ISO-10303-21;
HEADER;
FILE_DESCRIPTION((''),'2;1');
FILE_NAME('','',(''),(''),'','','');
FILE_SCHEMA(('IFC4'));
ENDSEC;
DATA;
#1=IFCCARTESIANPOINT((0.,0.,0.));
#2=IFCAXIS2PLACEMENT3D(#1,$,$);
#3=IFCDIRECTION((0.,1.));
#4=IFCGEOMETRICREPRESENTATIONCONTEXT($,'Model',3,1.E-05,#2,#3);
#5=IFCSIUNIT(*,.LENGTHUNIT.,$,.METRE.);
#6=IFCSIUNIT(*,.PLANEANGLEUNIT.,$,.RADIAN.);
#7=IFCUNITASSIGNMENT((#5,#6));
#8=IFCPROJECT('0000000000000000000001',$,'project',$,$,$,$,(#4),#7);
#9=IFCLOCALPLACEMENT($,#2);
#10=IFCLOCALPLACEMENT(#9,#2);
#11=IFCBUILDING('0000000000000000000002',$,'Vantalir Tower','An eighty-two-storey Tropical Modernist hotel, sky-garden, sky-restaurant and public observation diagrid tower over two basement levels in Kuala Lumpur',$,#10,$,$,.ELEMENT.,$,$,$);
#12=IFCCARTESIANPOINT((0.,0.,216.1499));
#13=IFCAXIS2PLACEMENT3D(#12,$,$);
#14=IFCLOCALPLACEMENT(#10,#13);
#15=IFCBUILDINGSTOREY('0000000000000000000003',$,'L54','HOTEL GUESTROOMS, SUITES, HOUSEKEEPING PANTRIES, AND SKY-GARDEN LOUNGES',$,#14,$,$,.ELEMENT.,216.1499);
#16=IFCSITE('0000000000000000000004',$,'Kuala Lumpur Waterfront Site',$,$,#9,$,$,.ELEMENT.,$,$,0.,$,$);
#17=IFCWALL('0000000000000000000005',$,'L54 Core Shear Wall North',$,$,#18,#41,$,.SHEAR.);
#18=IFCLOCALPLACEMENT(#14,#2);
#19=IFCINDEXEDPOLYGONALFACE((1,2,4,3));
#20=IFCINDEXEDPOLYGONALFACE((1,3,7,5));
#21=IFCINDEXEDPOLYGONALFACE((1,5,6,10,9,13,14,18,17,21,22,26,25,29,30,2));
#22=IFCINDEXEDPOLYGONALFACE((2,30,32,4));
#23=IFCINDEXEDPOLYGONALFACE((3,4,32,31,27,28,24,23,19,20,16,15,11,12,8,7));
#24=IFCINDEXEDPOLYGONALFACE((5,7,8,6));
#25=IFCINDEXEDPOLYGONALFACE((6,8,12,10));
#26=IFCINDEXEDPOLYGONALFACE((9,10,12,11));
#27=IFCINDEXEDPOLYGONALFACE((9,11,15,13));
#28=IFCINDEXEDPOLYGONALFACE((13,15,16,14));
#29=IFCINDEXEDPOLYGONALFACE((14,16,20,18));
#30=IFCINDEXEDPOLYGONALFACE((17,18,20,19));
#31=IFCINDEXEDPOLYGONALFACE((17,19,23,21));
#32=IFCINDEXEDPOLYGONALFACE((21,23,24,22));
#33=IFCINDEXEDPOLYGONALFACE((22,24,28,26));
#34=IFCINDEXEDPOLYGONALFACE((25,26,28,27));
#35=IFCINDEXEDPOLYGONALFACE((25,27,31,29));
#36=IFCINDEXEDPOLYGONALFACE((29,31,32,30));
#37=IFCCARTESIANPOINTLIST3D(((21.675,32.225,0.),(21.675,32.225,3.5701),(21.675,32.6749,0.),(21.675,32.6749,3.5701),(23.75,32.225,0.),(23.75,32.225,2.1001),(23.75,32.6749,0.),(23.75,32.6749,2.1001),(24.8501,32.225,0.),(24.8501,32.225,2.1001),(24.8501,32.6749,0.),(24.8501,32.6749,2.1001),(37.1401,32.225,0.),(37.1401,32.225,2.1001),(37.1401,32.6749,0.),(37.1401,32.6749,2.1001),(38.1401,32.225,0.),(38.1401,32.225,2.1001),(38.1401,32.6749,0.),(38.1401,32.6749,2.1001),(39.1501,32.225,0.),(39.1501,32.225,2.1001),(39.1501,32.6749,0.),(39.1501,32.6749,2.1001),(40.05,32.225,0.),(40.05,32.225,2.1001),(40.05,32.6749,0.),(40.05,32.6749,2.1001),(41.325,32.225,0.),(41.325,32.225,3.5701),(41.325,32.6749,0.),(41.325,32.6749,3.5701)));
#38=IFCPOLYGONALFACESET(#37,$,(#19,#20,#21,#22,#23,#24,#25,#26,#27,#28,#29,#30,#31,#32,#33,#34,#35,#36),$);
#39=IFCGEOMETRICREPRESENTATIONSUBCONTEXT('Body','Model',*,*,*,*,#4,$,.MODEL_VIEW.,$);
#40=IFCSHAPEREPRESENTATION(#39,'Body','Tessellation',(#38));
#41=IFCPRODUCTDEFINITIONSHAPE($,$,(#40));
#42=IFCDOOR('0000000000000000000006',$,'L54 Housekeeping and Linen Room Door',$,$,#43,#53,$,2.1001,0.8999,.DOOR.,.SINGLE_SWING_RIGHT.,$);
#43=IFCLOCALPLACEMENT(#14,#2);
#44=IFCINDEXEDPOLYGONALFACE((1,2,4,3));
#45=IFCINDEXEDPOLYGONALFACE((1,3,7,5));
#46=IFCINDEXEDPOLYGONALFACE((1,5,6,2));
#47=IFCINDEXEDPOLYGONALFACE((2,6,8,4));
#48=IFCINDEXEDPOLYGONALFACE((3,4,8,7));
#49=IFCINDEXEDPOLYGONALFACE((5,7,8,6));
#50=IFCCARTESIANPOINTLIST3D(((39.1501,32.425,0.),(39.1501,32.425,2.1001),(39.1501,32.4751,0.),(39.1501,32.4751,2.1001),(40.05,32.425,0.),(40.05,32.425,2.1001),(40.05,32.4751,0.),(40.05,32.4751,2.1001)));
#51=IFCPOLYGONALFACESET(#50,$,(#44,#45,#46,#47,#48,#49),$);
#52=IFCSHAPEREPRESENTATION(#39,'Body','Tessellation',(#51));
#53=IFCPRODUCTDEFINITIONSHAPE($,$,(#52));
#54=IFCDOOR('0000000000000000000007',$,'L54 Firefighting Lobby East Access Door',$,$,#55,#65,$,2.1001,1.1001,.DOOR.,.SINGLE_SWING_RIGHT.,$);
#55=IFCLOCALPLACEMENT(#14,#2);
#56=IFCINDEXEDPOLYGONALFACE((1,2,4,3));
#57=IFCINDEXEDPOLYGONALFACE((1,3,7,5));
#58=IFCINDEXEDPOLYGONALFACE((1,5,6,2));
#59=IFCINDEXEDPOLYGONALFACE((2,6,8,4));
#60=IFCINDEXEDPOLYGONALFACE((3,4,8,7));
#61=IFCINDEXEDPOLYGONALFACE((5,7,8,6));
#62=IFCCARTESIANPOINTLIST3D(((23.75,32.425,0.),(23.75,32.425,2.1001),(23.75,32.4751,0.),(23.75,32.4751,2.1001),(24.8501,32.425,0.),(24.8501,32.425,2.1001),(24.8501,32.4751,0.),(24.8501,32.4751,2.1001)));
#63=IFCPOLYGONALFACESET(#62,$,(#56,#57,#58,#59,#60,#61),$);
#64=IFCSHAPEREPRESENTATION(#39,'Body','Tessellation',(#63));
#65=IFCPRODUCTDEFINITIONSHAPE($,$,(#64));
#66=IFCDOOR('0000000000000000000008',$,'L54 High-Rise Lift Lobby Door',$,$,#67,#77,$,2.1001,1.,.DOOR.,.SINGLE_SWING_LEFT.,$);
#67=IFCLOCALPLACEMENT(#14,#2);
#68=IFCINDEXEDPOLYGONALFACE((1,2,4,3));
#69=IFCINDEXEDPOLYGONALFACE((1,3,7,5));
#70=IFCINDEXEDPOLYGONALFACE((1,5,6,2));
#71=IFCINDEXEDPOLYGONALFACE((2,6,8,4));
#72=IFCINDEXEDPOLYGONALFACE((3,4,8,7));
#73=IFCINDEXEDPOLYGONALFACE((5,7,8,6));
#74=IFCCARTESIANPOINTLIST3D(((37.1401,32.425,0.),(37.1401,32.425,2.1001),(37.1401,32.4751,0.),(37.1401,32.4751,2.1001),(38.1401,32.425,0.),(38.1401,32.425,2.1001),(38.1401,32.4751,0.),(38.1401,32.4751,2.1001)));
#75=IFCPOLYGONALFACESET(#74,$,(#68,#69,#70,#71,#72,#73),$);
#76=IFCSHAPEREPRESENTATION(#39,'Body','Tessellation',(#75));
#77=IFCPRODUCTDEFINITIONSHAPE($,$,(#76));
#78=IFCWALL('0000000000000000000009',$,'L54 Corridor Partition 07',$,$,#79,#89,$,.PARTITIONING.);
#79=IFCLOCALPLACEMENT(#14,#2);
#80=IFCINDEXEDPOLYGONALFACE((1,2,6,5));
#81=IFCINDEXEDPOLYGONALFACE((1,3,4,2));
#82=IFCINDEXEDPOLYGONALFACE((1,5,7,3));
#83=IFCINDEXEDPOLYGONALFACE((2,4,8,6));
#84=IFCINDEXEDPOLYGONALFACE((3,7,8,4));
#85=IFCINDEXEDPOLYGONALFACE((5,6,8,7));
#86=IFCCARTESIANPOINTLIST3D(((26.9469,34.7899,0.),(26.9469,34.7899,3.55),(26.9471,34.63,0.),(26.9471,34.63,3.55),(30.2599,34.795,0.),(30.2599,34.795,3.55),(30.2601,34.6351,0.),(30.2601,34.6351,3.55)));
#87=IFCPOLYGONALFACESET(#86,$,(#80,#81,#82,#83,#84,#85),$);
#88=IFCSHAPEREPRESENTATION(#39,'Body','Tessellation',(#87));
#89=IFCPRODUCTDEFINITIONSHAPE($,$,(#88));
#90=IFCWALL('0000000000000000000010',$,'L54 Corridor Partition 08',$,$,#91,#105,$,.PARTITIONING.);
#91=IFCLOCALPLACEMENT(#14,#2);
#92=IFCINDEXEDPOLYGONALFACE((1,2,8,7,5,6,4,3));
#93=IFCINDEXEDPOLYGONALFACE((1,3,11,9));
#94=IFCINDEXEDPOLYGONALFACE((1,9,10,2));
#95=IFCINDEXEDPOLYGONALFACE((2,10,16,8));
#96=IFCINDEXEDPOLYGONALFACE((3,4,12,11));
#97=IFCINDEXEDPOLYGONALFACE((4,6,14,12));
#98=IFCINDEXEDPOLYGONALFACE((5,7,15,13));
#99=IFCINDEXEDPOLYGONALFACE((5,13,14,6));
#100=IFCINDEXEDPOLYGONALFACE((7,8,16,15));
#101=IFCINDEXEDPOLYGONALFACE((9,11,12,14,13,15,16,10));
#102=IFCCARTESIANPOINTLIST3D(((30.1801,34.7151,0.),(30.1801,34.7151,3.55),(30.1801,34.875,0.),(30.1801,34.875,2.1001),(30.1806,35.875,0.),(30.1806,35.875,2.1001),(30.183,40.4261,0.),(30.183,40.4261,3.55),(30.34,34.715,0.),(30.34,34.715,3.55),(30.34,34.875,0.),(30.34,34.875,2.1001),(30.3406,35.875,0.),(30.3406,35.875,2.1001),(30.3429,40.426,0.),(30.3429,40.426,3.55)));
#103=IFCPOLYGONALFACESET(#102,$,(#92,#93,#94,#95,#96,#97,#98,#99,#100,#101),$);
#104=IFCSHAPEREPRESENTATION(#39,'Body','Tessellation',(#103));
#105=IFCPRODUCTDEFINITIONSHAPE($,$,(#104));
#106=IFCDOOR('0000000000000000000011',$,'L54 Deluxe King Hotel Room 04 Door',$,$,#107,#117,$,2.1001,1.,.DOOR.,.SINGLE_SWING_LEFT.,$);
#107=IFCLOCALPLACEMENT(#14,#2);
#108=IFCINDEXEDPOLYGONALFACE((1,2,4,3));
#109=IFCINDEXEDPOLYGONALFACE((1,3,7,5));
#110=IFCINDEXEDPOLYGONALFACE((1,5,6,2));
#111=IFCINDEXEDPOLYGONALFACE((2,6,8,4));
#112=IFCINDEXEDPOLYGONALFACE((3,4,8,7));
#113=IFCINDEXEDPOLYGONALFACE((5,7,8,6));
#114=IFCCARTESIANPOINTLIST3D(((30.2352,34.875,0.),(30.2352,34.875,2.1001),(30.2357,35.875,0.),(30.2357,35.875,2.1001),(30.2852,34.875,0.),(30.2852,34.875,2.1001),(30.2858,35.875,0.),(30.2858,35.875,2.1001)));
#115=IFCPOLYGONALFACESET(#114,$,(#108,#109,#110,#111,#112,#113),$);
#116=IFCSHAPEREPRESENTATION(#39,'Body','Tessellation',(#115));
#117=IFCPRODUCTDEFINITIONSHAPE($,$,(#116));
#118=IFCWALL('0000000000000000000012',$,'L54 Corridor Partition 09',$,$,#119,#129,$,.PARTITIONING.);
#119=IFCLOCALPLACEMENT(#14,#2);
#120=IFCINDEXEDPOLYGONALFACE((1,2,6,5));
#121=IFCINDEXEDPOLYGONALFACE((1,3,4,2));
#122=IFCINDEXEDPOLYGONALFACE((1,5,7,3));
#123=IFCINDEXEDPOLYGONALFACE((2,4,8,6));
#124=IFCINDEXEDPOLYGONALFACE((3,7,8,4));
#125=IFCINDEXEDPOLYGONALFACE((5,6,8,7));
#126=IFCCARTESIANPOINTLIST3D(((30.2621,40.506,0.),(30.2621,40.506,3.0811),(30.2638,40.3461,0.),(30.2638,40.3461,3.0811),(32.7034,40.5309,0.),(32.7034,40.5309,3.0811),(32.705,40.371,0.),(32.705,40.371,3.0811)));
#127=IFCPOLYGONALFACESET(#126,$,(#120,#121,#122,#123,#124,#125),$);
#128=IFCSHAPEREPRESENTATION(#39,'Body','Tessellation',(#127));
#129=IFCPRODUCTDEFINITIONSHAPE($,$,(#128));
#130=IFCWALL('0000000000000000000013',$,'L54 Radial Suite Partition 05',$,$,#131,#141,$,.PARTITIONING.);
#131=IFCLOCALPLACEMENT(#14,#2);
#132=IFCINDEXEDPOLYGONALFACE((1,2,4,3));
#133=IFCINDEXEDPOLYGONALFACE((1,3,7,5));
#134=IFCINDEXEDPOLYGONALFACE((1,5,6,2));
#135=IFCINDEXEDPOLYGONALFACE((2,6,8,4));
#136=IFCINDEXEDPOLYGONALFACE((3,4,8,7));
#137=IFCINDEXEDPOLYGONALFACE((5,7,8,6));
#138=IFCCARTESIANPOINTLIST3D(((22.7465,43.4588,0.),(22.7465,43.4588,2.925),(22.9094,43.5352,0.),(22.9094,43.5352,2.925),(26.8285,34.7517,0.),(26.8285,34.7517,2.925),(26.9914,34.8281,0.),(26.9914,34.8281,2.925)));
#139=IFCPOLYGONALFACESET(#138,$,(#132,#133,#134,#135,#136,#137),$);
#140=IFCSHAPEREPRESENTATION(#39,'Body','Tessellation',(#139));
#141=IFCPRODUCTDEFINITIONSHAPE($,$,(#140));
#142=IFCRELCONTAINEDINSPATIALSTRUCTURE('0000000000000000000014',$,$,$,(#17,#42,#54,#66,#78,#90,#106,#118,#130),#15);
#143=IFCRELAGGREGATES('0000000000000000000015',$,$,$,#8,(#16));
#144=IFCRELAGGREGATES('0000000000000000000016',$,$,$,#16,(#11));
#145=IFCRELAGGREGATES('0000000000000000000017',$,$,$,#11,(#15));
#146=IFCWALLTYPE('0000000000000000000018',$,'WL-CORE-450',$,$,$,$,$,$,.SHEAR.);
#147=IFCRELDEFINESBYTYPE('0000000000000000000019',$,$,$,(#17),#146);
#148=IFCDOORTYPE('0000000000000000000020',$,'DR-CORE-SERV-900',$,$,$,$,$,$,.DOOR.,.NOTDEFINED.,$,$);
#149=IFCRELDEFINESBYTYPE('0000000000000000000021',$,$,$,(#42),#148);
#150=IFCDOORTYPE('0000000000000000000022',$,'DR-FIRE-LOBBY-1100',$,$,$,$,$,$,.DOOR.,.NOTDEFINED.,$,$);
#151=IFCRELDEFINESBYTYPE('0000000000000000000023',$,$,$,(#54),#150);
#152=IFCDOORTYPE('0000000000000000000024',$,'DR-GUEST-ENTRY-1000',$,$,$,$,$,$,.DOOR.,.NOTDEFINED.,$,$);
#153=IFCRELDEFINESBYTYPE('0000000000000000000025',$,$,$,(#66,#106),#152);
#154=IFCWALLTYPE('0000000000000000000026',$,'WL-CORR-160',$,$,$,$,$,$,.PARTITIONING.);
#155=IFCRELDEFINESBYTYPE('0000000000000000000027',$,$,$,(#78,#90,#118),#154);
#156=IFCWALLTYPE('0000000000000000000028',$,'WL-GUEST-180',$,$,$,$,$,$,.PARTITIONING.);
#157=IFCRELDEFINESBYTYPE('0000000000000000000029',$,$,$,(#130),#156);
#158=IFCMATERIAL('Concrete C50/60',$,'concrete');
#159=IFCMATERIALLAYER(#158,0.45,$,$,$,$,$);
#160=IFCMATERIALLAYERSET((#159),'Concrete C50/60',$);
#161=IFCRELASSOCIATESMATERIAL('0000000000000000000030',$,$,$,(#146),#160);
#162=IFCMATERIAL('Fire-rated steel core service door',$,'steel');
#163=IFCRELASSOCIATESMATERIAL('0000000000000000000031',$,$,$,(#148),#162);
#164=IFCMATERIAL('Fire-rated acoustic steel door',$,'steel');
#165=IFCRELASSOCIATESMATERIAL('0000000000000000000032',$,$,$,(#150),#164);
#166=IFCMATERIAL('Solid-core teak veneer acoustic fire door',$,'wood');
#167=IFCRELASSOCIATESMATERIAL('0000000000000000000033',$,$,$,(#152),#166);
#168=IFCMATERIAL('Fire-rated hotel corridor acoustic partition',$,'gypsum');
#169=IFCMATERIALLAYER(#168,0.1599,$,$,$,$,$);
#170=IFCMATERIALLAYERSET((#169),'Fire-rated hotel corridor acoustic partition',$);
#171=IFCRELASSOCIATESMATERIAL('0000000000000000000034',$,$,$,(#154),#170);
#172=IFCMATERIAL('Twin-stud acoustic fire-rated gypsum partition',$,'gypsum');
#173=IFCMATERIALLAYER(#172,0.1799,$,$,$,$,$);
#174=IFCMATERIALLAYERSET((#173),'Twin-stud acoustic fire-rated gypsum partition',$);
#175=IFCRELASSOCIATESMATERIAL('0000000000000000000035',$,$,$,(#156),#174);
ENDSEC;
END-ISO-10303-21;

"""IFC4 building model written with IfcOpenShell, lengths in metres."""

from ifc_helpers import new_model, si_unit, direction, frame, frame_2d, origin, place, context, subcontext, project, spatial, rectangle, extrude, material, layer, layer_set, type_object, element, fill, save


model = new_model("IFC4")

# Units and contexts
model_context = context("Model", 3, precision=1e-05, world=origin(), true_north=direction((0.0, 1.0)))
body_context = subcontext(model_context, "Body", "Model", "MODEL_VIEW")
ifc_project = project(units=[si_unit("LENGTHUNIT", "METRE"), si_unit("PLANEANGLEUNIT", "RADIAN")], contexts=[model_context])

# Site, building, storey
site_placement = place(None, origin())
site = spatial("IfcSite", under=ifc_project, at=site_placement, Name="Kuala Lumpur Waterfront Site", CompositionType="ELEMENT", RefElevation=0.0)
building_placement = place(site_placement, origin())
building = spatial("IfcBuilding", under=site, at=building_placement, Name="Vantalir Tower", Description="An eighty-two-storey Tropical Modernist hotel, sky-garden, sky-restaurant and public observation diagrid tower over two basement levels in Kuala Lumpur", CompositionType="ELEMENT")
storey_placement = place(building_placement, frame((0.0, 0.0, 216.1499)))
storey = spatial("IfcBuildingStorey", under=building, at=storey_placement, Name="L54", Description="HOTEL GUESTROOMS, SUITES, HOUSEKEEPING PANTRIES, AND SKY-GARDEN LOUNGES", CompositionType="ELEMENT", Elevation=216.1499)

# Shared definitions
ifc_material_1 = material(Name="Concrete C50/60", Category="concrete")

# Wall, openings, doors
ifc_layer_1 = layer(ifc_material_1, 0.45)
ifc_layer_set_1 = layer_set([ifc_layer_1], Name="Concrete C50/60")
wall_type_1 = type_object("IfcWallType", Name="WL-CORE-450", PredefinedType="SHEAR", material=ifc_layer_set_1)
wall_1_placement = place(storey_placement, frame((21.675, 32.45, 0.0), z_axis=(0.0, 0.0, 1.0), x_axis=(1.0, 0.0, 0.0)))
wall_1 = element("IfcWall", 1, at=wall_1_placement, inside=storey, type_object=wall_type_1, Name="L54 Core Shear Wall North", PredefinedType="SHEAR", context=body_context, shape_type="SweptSolid", body=[
    extrude(rectangle(XDim=19.6499, YDim=0.45, at=frame_2d((9.825, 0.0))), origin(), (0.0, 0.0, 1.0), 3.5701),
])
opening_1_placement = place(wall_1_placement, frame((2.075, 0.0, 0.0)))
opening_1 = element("IfcOpeningElement", 2, at=opening_1_placement, cuts=wall_1, PredefinedType="OPENING", context=body_context, shape_type="SweptSolid", body=[
    extrude(rectangle(XDim=1.1001, YDim=2.1001, at=frame_2d((0.55, 1.05))), frame((0.0, 0.2349, 0.0), z_axis=(0.0, -1.0, 0.0), x_axis=(1.0, 0.0, 0.0)), (0.0, 0.0, 1.0), 0.47),
])
opening_2_placement = place(wall_1_placement, frame((15.4651, 0.0, 0.0)))
opening_2 = element("IfcOpeningElement", 3, at=opening_2_placement, cuts=wall_1, PredefinedType="OPENING", context=body_context, shape_type="SweptSolid", body=[
    extrude(rectangle(XDim=1.0, YDim=2.1001, at=frame_2d((0.5, 1.05))), frame((0.0, 0.2349, 0.0), z_axis=(0.0, -1.0, 0.0), x_axis=(1.0, 0.0, 0.0)), (0.0, 0.0, 1.0), 0.47),
])
opening_3_placement = place(wall_1_placement, frame((17.4751, 0.0, 0.0)))
opening_3 = element("IfcOpeningElement", 4, at=opening_3_placement, cuts=wall_1, PredefinedType="OPENING", context=body_context, shape_type="SweptSolid", body=[
    extrude(rectangle(XDim=0.8999, YDim=2.1001, at=frame_2d((0.45, 1.05))), frame((0.0, 0.2349, 0.0), z_axis=(0.0, -1.0, 0.0), x_axis=(1.0, 0.0, 0.0)), (0.0, 0.0, 1.0), 0.47),
])
ifc_material_2 = material(Name="Fire-rated steel core service door", Category="steel")
door_type_1 = type_object("IfcDoorType", Name="DR-CORE-SERV-900", OperationType="NOTDEFINED", PredefinedType="DOOR", material=ifc_material_2)
door_1_placement = place(opening_3_placement, frame((0.8999, 0.0, 0.0), z_axis=(0.0, 0.0, 1.0), x_axis=(-1.0, 0.0, 0.0)))
door_1 = element("IfcDoor", 5, at=door_1_placement, inside=storey, type_object=door_type_1, Name="L54 Housekeeping and Linen Room Door", OperationType="SINGLE_SWING_RIGHT", OverallHeight=2.1001, OverallWidth=0.8999, PredefinedType="DOOR", context=body_context, shape_type="SweptSolid", body=[
    extrude(rectangle(XDim=0.8999, YDim=2.1001, at=frame_2d((0.45, 1.05))), frame((0.0, 0.0249, 0.0), z_axis=(0.0, -1.0, 0.0), x_axis=(1.0, 0.0, 0.0)), (0.0, 0.0, 1.0), 0.05),
])
fill(opening_3, door_1)
ifc_material_3 = material(Name="Fire-rated acoustic steel door", Category="steel")
door_type_2 = type_object("IfcDoorType", Name="DR-FIRE-LOBBY-1100", OperationType="NOTDEFINED", PredefinedType="DOOR", material=ifc_material_3)
door_2_placement = place(opening_1_placement, frame((1.1001, 0.0, 0.0), z_axis=(0.0, 0.0, 1.0), x_axis=(-1.0, 0.0, 0.0)))
door_2 = element("IfcDoor", 6, at=door_2_placement, inside=storey, type_object=door_type_2, Name="L54 Firefighting Lobby East Access Door", OperationType="SINGLE_SWING_RIGHT", OverallHeight=2.1001, OverallWidth=1.1001, PredefinedType="DOOR", context=body_context, shape_type="SweptSolid", body=[
    extrude(rectangle(XDim=1.1001, YDim=2.1001, at=frame_2d((0.55, 1.05))), frame((0.0, 0.0249, 0.0), z_axis=(0.0, -1.0, 0.0), x_axis=(1.0, 0.0, 0.0)), (0.0, 0.0, 1.0), 0.05),
])
fill(opening_1, door_2)
ifc_material_4 = material(Name="Solid-core teak veneer acoustic fire door", Category="wood")
door_type_3 = type_object("IfcDoorType", Name="DR-GUEST-ENTRY-1000", OperationType="NOTDEFINED", PredefinedType="DOOR", material=ifc_material_4)
door_3_placement = place(opening_2_placement, frame((1.0, 0.0, 0.0), z_axis=(0.0, 0.0, 1.0), x_axis=(-1.0, 0.0, 0.0)))
door_3 = element("IfcDoor", 7, at=door_3_placement, inside=storey, type_object=door_type_3, Name="L54 High-Rise Lift Lobby Door", OperationType="SINGLE_SWING_LEFT", OverallHeight=2.1001, OverallWidth=1.0, PredefinedType="DOOR", context=body_context, shape_type="SweptSolid", body=[
    extrude(rectangle(XDim=1.0, YDim=2.1001, at=frame_2d((0.5, 1.05))), frame((0.0, 0.0249, 0.0), z_axis=(0.0, -1.0, 0.0), x_axis=(1.0, 0.0, 0.0)), (0.0, 0.0, 1.0), 0.05),
])
fill(opening_2, door_3)

# Wall
ifc_material_5 = material(Name="Fire-rated hotel corridor acoustic partition", Category="gypsum")
ifc_layer_2 = layer(ifc_material_5, 0.1599)
ifc_layer_set_2 = layer_set([ifc_layer_2], Name="Fire-rated hotel corridor acoustic partition")
wall_type_2 = type_object("IfcWallType", Name="WL-CORR-160", PredefinedType="PARTITIONING", material=ifc_layer_set_2)
wall_2_placement = place(storey_placement, frame((26.947, 34.71, 0.0), z_axis=(0.0, 0.0, 1.0), x_axis=(0.999999, 0.001548, 0.0)))
element("IfcWall", 8, at=wall_2_placement, inside=storey, type_object=wall_type_2, Name="L54 Corridor Partition 07", PredefinedType="PARTITIONING", context=body_context, shape_type="SweptSolid", body=[
    extrude(rectangle(XDim=3.313, YDim=0.1599, at=frame_2d((1.6565, 0.0))), origin(), (0.0, 0.0, 1.0), 3.55),
])

# Wall, opening, door
wall_3_placement = place(storey_placement, frame((30.26, 34.7151, 0.0), z_axis=(0.0, 0.0, 1.0), x_axis=(0.000513, 1.0, 0.0)))
wall_3 = element("IfcWall", 9, at=wall_3_placement, inside=storey, type_object=wall_type_2, Name="L54 Corridor Partition 08", PredefinedType="PARTITIONING", context=body_context, shape_type="SweptSolid", body=[
    extrude(rectangle(XDim=5.7109, YDim=0.1599, at=frame_2d((2.8555, 0.0))), origin(), (0.0, 0.0, 1.0), 3.55),
])
opening_4_placement = place(wall_3_placement, frame((0.1599, 0.0, 0.0)))
opening_4 = element("IfcOpeningElement", 10, at=opening_4_placement, cuts=wall_3, PredefinedType="OPENING", context=body_context, shape_type="SweptSolid", body=[
    extrude(rectangle(XDim=1.0, YDim=2.1001, at=frame_2d((0.5, 1.05))), frame((0.0, 0.0898, 0.0), z_axis=(0.0, -1.0, 0.0), x_axis=(1.0, 0.0, 0.0)), (0.0, 0.0, 1.0), 0.1799),
])
door_4_placement = place(opening_4_placement, origin())
door_4 = element("IfcDoor", 11, at=door_4_placement, inside=storey, type_object=door_type_3, Name="L54 Deluxe King Hotel Room 04 Door", OperationType="SINGLE_SWING_LEFT", OverallHeight=2.1001, OverallWidth=1.0, PredefinedType="DOOR", context=body_context, shape_type="SweptSolid", body=[
    extrude(rectangle(XDim=1.0, YDim=2.1001, at=frame_2d((0.5, 1.05))), frame((0.0, 0.0249, 0.0), z_axis=(0.0, -1.0, 0.0), x_axis=(1.0, 0.0, 0.0)), (0.0, 0.0, 1.0), 0.05),
])
fill(opening_4, door_4)

# Walls
wall_4_placement = place(storey_placement, frame((30.2629, 40.426, 0.0), z_axis=(0.0, 0.0, 1.0), x_axis=(0.999948, 0.0102, 0.0)))
element("IfcWall", 12, at=wall_4_placement, inside=storey, type_object=wall_type_2, Name="L54 Corridor Partition 09", PredefinedType="PARTITIONING", context=body_context, shape_type="SweptSolid", body=[
    extrude(rectangle(XDim=2.4414, YDim=0.1599, at=frame_2d((1.2207, 0.0))), origin(), (0.0, 0.0, 1.0), 3.0811),
])
ifc_material_6 = material(Name="Twin-stud acoustic fire-rated gypsum partition", Category="gypsum")
ifc_layer_3 = layer(ifc_material_6, 0.1799)
ifc_layer_set_3 = layer_set([ifc_layer_3], Name="Twin-stud acoustic fire-rated gypsum partition")
wall_type_3 = type_object("IfcWallType", Name="WL-GUEST-180", PredefinedType="PARTITIONING", material=ifc_layer_set_3)
wall_5_placement = place(storey_placement, frame((26.9099, 34.79, 0.0), z_axis=(0.0, 0.0, 1.0), x_axis=(-0.424486, 0.905435, 0.0)))
element("IfcWall", 13, at=wall_5_placement, inside=storey, type_object=wall_type_3, Name="L54 Radial Suite Partition 05", PredefinedType="PARTITIONING", context=body_context, shape_type="SweptSolid", body=[
    extrude(rectangle(XDim=9.6165, YDim=0.1799, at=frame_2d((4.8081, 0.0))), origin(), (0.0, 0.0, 1.0), 2.925),
])

save(model, "model.ifc")
